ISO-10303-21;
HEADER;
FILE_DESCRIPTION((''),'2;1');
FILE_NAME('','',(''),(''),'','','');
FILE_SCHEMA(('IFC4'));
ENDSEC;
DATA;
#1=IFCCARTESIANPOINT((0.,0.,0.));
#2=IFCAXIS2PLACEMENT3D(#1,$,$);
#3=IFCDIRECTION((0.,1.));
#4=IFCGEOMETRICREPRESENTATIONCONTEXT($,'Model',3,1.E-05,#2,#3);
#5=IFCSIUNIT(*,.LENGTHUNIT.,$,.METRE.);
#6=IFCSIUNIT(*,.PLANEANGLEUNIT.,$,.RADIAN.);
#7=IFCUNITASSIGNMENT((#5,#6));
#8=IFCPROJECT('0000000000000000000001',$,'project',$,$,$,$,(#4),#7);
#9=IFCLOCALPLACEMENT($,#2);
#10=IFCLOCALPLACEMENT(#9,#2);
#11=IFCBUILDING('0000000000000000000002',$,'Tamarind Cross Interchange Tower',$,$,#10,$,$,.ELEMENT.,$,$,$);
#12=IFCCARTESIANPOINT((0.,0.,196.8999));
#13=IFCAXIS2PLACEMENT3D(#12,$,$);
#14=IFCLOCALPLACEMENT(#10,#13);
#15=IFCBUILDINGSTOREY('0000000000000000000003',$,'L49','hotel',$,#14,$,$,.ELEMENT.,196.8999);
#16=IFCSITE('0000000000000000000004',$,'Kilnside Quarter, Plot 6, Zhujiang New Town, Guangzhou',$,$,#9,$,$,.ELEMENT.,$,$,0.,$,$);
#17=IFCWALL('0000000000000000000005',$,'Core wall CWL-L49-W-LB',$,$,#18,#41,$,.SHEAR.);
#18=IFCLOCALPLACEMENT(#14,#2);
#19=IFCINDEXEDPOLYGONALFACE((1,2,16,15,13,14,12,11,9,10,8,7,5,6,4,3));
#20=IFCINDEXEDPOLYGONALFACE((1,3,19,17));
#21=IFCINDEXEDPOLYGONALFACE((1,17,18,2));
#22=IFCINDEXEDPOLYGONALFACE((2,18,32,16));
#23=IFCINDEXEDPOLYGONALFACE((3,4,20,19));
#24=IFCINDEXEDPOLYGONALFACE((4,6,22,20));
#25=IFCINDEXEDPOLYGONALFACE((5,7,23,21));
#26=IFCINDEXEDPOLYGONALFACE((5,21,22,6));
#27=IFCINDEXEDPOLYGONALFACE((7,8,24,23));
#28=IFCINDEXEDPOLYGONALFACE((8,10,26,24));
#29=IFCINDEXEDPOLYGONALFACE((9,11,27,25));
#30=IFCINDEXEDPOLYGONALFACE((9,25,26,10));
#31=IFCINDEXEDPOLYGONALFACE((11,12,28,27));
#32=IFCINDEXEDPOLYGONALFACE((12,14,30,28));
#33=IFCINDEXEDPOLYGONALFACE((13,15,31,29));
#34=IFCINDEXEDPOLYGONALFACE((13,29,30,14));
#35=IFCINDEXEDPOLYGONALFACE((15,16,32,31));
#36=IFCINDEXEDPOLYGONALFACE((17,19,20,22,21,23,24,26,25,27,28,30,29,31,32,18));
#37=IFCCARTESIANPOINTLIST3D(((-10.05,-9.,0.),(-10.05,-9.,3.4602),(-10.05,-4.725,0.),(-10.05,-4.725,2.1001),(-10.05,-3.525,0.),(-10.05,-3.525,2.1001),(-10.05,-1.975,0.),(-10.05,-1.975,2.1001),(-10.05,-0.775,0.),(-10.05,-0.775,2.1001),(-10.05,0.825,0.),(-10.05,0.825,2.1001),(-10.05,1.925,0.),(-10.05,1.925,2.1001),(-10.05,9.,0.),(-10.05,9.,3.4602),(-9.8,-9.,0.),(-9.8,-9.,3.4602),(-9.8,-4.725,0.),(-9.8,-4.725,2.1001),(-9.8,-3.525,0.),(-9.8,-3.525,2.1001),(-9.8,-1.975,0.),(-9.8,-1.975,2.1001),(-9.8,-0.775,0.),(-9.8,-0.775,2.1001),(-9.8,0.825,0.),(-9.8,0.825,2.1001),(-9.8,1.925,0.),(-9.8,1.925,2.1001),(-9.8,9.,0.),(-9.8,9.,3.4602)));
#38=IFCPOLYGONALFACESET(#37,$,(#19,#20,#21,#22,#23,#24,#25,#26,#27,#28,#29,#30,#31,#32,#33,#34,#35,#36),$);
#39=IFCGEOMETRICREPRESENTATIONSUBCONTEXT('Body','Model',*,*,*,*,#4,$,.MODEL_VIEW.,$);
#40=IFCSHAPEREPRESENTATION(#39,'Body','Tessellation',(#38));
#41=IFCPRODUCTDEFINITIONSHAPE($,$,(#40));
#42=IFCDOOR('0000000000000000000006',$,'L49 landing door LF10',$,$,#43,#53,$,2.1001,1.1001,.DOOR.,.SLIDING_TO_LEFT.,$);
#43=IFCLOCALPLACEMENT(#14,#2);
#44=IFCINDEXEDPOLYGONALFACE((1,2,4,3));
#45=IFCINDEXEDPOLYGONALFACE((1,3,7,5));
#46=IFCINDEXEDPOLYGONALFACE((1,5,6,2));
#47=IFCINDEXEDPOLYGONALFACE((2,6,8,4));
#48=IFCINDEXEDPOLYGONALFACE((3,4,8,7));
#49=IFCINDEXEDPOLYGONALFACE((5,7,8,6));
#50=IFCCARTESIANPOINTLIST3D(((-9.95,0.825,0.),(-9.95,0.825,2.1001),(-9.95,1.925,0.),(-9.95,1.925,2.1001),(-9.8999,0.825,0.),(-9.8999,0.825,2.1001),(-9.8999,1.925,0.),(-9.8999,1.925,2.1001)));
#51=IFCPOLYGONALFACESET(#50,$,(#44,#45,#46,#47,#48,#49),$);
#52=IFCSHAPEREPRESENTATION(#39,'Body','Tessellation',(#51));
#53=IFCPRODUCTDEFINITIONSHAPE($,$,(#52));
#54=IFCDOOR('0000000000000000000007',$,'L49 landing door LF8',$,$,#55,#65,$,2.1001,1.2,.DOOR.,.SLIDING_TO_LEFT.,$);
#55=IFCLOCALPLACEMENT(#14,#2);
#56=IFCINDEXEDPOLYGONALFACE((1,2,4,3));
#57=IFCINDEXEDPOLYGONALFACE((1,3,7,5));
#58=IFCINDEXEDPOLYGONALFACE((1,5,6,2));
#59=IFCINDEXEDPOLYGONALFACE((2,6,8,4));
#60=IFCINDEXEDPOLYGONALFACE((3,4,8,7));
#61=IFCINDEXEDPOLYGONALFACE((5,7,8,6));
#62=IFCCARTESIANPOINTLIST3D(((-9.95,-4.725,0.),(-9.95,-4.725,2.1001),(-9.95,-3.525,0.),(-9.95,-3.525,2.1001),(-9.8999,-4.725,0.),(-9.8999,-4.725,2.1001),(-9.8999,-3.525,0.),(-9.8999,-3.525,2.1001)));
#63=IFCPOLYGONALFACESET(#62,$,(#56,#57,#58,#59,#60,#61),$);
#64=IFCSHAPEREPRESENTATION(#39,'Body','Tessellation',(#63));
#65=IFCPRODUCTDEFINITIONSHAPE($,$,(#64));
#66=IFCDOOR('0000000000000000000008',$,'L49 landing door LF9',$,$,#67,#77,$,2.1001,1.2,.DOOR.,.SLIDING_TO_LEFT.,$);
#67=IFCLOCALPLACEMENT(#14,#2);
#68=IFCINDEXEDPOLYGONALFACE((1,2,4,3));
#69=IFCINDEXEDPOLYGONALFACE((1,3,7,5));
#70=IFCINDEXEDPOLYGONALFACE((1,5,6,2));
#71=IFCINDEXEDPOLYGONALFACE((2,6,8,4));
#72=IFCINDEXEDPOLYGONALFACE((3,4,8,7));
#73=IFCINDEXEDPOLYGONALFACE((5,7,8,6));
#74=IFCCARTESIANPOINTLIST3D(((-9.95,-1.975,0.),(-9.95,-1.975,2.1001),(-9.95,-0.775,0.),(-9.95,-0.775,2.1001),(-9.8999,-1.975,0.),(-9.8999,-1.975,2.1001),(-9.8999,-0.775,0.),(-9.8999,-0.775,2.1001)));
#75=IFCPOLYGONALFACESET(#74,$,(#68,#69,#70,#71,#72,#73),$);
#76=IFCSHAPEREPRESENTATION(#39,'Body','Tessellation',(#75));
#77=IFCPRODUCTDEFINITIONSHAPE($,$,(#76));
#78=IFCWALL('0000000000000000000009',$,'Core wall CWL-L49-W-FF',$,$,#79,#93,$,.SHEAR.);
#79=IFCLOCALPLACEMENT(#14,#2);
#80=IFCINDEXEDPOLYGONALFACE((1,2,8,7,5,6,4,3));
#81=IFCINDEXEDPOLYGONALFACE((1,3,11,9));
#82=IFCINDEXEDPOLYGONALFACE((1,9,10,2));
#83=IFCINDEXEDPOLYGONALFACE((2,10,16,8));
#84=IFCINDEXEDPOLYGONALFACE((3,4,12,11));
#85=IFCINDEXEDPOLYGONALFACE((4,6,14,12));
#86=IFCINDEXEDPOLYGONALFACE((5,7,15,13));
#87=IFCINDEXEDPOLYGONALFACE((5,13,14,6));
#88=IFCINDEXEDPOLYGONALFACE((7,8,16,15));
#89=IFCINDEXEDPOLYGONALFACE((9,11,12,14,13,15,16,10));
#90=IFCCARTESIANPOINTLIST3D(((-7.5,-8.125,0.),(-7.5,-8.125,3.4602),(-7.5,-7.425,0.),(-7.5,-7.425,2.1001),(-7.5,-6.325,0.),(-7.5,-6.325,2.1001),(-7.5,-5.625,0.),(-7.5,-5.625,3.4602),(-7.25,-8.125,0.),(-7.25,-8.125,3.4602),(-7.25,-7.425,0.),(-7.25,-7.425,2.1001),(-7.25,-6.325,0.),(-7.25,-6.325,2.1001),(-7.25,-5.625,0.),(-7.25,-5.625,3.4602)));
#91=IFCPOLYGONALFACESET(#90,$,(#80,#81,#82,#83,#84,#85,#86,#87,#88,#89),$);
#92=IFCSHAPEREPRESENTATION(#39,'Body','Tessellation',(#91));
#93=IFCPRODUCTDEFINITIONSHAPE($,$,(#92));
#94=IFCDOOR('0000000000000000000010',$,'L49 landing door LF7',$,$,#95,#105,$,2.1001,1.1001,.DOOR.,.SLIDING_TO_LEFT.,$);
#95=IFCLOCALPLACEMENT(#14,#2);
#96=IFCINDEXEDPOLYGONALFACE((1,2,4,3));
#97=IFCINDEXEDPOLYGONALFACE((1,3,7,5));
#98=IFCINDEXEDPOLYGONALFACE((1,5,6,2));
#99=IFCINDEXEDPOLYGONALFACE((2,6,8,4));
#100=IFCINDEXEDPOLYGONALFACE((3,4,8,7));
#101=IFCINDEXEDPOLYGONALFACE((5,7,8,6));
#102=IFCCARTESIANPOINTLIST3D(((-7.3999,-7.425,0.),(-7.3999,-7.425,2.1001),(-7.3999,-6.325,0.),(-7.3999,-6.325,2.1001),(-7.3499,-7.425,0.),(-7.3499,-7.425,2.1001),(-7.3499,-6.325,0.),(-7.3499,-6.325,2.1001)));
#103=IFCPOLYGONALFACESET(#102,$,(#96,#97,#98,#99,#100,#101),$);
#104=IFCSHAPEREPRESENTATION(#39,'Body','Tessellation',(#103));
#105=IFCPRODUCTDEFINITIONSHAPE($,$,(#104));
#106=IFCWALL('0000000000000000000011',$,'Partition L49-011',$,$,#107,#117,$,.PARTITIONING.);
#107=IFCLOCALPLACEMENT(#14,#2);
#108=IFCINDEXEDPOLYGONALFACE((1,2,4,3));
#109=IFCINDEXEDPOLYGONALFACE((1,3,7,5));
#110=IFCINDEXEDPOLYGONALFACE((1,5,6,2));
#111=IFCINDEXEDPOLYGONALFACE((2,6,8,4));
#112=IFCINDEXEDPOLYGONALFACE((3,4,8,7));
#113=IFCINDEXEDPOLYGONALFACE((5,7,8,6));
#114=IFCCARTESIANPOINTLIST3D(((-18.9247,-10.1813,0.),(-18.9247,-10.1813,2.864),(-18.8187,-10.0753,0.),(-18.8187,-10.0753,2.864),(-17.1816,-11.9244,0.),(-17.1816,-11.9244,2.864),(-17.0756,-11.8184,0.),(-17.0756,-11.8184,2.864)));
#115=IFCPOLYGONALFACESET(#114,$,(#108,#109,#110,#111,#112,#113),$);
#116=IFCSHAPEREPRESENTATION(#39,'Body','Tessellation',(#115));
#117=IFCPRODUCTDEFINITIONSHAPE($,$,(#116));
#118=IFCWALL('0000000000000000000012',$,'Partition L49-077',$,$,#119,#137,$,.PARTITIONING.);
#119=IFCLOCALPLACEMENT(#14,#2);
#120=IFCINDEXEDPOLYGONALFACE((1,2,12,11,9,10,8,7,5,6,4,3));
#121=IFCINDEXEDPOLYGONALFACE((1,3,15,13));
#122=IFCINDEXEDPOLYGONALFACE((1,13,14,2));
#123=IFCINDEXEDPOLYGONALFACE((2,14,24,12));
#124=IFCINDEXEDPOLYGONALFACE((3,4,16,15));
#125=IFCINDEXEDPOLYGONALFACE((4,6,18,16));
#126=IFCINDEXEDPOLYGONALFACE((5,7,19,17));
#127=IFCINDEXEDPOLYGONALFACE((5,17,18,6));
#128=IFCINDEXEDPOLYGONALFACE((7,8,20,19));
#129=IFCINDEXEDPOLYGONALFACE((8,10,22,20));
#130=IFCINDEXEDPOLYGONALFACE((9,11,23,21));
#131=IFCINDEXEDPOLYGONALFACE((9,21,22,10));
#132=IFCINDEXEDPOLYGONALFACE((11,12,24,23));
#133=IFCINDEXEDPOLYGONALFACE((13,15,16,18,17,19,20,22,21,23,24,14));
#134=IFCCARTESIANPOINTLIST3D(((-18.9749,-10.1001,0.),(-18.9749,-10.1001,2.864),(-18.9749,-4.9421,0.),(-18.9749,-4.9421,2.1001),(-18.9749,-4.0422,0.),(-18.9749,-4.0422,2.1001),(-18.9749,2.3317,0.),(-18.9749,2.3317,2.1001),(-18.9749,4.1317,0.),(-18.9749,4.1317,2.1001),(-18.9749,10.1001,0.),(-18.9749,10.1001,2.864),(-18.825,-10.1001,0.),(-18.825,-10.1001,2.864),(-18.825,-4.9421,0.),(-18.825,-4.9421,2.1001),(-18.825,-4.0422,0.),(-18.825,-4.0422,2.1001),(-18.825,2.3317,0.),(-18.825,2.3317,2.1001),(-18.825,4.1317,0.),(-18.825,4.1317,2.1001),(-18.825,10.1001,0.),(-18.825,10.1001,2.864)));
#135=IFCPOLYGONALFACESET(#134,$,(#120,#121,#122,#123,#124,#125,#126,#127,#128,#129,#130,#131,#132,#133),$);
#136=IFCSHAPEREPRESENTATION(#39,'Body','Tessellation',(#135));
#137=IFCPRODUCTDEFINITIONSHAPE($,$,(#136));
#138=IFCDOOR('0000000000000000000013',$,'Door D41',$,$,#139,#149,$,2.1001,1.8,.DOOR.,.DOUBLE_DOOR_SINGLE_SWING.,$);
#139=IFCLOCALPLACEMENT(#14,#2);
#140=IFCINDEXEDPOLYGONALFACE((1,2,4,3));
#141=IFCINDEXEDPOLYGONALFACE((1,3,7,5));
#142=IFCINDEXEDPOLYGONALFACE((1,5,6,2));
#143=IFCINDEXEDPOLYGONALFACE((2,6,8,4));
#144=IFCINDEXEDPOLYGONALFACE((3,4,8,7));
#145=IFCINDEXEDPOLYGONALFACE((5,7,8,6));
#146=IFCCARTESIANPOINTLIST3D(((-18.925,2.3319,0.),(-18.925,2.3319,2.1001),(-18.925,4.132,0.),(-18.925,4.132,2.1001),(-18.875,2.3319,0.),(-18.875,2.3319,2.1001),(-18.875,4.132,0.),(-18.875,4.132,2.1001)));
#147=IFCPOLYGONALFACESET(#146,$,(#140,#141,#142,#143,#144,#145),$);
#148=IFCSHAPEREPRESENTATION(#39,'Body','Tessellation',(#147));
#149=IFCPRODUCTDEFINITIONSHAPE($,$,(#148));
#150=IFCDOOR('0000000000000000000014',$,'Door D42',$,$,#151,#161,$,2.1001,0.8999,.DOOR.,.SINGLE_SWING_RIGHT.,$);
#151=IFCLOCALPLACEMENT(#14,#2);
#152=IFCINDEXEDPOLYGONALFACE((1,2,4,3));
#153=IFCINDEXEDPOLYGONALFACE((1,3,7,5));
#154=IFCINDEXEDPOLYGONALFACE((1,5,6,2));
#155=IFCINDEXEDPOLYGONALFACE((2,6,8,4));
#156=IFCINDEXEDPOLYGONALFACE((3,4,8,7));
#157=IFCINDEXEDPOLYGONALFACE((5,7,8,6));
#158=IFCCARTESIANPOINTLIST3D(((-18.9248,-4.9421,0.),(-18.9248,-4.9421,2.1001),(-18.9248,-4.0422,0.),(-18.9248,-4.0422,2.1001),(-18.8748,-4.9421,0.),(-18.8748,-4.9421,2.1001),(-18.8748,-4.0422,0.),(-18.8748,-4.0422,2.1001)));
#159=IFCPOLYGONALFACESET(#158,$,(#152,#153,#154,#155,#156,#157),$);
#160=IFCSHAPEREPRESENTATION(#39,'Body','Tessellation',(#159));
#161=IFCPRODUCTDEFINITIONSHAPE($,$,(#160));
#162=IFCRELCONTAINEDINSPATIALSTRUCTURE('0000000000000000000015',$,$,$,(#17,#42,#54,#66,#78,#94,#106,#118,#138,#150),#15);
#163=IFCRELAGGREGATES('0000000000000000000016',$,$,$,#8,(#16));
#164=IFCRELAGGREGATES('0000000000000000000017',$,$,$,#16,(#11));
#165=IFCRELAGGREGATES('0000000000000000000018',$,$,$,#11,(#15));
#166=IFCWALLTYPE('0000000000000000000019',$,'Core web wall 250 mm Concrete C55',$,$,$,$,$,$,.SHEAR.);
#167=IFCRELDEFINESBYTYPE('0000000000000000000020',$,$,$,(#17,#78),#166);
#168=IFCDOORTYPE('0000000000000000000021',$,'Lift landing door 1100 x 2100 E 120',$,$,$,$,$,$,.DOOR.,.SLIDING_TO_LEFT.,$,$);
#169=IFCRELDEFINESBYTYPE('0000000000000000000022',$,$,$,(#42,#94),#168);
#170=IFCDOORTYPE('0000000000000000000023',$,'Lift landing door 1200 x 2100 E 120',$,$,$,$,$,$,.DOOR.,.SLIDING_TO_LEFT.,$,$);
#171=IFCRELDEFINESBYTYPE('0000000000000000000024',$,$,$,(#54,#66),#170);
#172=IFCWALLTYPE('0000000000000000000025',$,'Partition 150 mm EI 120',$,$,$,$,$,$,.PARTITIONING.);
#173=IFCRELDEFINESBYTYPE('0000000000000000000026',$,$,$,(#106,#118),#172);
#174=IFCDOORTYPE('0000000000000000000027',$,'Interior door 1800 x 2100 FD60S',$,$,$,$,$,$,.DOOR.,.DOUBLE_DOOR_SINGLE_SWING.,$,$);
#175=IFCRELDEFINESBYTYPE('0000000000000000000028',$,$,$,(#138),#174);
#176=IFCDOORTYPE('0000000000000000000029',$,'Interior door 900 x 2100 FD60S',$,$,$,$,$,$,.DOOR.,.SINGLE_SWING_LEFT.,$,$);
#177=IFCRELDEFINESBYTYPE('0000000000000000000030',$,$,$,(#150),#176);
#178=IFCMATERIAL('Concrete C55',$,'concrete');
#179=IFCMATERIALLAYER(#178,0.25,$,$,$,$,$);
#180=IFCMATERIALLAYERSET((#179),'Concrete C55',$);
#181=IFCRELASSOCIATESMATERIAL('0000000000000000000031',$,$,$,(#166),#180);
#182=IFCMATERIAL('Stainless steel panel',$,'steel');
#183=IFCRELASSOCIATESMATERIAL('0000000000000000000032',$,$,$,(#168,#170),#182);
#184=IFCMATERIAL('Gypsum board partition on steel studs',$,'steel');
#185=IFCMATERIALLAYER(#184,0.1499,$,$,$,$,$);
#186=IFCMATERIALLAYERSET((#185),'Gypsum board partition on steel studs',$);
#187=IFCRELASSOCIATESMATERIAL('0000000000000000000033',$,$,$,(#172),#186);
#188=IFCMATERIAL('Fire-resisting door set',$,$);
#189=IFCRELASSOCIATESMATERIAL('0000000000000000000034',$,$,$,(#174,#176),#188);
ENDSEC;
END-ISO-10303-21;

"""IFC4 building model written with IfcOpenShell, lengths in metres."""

from ifc_helpers import new_model, si_unit, direction, frame, frame_2d, origin, place, context, subcontext, project, spatial, rectangle, extrude, material, layer, layer_set, type_object, element, fill, save


model = new_model("IFC4")

# Units and contexts
model_context = context("Model", 3, precision=1e-05, world=origin(), true_north=direction((0.0, 1.0)))
body_context = subcontext(model_context, "Body", "Model", "MODEL_VIEW")
ifc_project = project(units=[si_unit("LENGTHUNIT", "METRE"), si_unit("PLANEANGLEUNIT", "RADIAN")], contexts=[model_context])

# Site, building, storey
site_placement = place(None, origin())
site = spatial("IfcSite", under=ifc_project, at=site_placement, Name="Kilnside Quarter, Plot 6, Zhujiang New Town, Guangzhou", CompositionType="ELEMENT", RefElevation=0.0)
building_placement = place(site_placement, origin())
building = spatial("IfcBuilding", under=site, at=building_placement, Name="Tamarind Cross Interchange Tower", CompositionType="ELEMENT")
storey_placement = place(building_placement, frame((0.0, 0.0, 196.8999)))
storey = spatial("IfcBuildingStorey", under=building, at=storey_placement, Name="L49", Description="hotel", CompositionType="ELEMENT", Elevation=196.8999)

# Shared definitions
ifc_material_1 = material(Name="Concrete C55", Category="concrete")

# Shared definitions
ifc_layer_1 = layer(ifc_material_1, 0.25)
ifc_layer_set_1 = layer_set([ifc_layer_1], Name="Concrete C55")
wall_type_1 = type_object("IfcWallType", Name="Core web wall 250 mm Concrete C55", PredefinedType="SHEAR", material=ifc_layer_set_1)

# Wall, openings, doors
ifc_material_2 = material(Name="Stainless steel panel", Category="steel")
wall_1_placement = place(storey_placement, frame((-9.925, -9.0, 0.0), z_axis=(0.0, 0.0, 1.0), x_axis=(0.0, 1.0, 0.0)))
wall_1 = element("IfcWall", 1, at=wall_1_placement, inside=storey, type_object=wall_type_1, Name="Core wall CWL-L49-W-LB", PredefinedType="SHEAR", context=body_context, shape_type="SweptSolid", body=[
    extrude(rectangle(XDim=18.0, YDim=0.25, at=frame_2d((9.0, 0.0))), origin(), (0.0, 0.0, 1.0), 3.4602),
])
opening_1_placement = place(wall_1_placement, frame((4.2749, 0.0, 0.0)))
opening_1 = element("IfcOpeningElement", 2, at=opening_1_placement, cuts=wall_1, PredefinedType="OPENING", context=body_context, shape_type="SweptSolid", body=[
    extrude(rectangle(XDim=1.2, YDim=2.1001, at=frame_2d((0.6001, 1.05))), frame((0.0, 0.135, 0.0), z_axis=(0.0, -1.0, 0.0), x_axis=(1.0, 0.0, 0.0)), (0.0, 0.0, 1.0), 0.27),
])
opening_2_placement = place(wall_1_placement, frame((7.0249, 0.0, 0.0)))
opening_2 = element("IfcOpeningElement", 3, at=opening_2_placement, cuts=wall_1, PredefinedType="OPENING", context=body_context, shape_type="SweptSolid", body=[
    extrude(rectangle(XDim=1.2, YDim=2.1001, at=frame_2d((0.6001, 1.05))), frame((0.0, 0.135, 0.0), z_axis=(0.0, -1.0, 0.0), x_axis=(1.0, 0.0, 0.0)), (0.0, 0.0, 1.0), 0.27),
])
opening_3_placement = place(wall_1_placement, frame((9.825, 0.0, 0.0)))
opening_3 = element("IfcOpeningElement", 4, at=opening_3_placement, cuts=wall_1, PredefinedType="OPENING", context=body_context, shape_type="SweptSolid", body=[
    extrude(rectangle(XDim=1.1001, YDim=2.1001, at=frame_2d((0.55, 1.05))), frame((0.0, 0.135, 0.0), z_axis=(0.0, -1.0, 0.0), x_axis=(1.0, 0.0, 0.0)), (0.0, 0.0, 1.0), 0.27),
])
door_type_1 = type_object("IfcDoorType", Name="Lift landing door 1100 x 2100 E 120", OperationType="SLIDING_TO_LEFT", PredefinedType="DOOR", material=ifc_material_2)
door_1_placement = place(opening_3_placement, origin())
door_1 = element("IfcDoor", 5, at=door_1_placement, inside=storey, type_object=door_type_1, Name="L49 landing door LF10", OperationType="SLIDING_TO_LEFT", OverallHeight=2.1001, OverallWidth=1.1001, PredefinedType="DOOR", context=body_context, shape_type="SweptSolid", body=[
    extrude(rectangle(XDim=1.1001, YDim=2.1001, at=frame_2d((0.55, 1.05))), frame((0.0, 0.0249, 0.0), z_axis=(0.0, -1.0, 0.0), x_axis=(1.0, 0.0, 0.0)), (0.0, 0.0, 1.0), 0.05),
])
fill(opening_3, door_1)
door_type_2 = type_object("IfcDoorType", Name="Lift landing door 1200 x 2100 E 120", OperationType="SLIDING_TO_LEFT", PredefinedType="DOOR", material=ifc_material_2)
door_2_placement = place(opening_1_placement, origin())
door_2 = element("IfcDoor", 6, at=door_2_placement, inside=storey, type_object=door_type_2, Name="L49 landing door LF8", OperationType="SLIDING_TO_LEFT", OverallHeight=2.1001, OverallWidth=1.2, PredefinedType="DOOR", context=body_context, shape_type="SweptSolid", body=[
    extrude(rectangle(XDim=1.2, YDim=2.1001, at=frame_2d((0.6001, 1.05))), frame((0.0, 0.0249, 0.0), z_axis=(0.0, -1.0, 0.0), x_axis=(1.0, 0.0, 0.0)), (0.0, 0.0, 1.0), 0.05),
])
fill(opening_1, door_2)
door_3_placement = place(opening_2_placement, origin())
door_3 = element("IfcDoor", 7, at=door_3_placement, inside=storey, type_object=door_type_2, Name="L49 landing door LF9", OperationType="SLIDING_TO_LEFT", OverallHeight=2.1001, OverallWidth=1.2, PredefinedType="DOOR", context=body_context, shape_type="SweptSolid", body=[
    extrude(rectangle(XDim=1.2, YDim=2.1001, at=frame_2d((0.6001, 1.05))), frame((0.0, 0.0249, 0.0), z_axis=(0.0, -1.0, 0.0), x_axis=(1.0, 0.0, 0.0)), (0.0, 0.0, 1.0), 0.05),
])
fill(opening_2, door_3)

# Wall, opening, door
wall_2_placement = place(storey_placement, frame((-7.375, -8.125, 0.0), z_axis=(0.0, 0.0, 1.0), x_axis=(0.0, 1.0, 0.0)))
wall_2 = element("IfcWall", 8, at=wall_2_placement, inside=storey, type_object=wall_type_1, Name="Core wall CWL-L49-W-FF", PredefinedType="SHEAR", context=body_context, shape_type="SweptSolid", body=[
    extrude(rectangle(XDim=2.5, YDim=0.25, at=frame_2d((1.25, 0.0))), origin(), (0.0, 0.0, 1.0), 3.4602),
])
opening_4_placement = place(wall_2_placement, frame((0.7, 0.0, 0.0)))
opening_4 = element("IfcOpeningElement", 9, at=opening_4_placement, cuts=wall_2, PredefinedType="OPENING", context=body_context, shape_type="SweptSolid", body=[
    extrude(rectangle(XDim=1.1001, YDim=2.1001, at=frame_2d((0.55, 1.05))), frame((0.0, 0.135, 0.0), z_axis=(0.0, -1.0, 0.0), x_axis=(1.0, 0.0, 0.0)), (0.0, 0.0, 1.0), 0.27),
])
door_4_placement = place(opening_4_placement, origin())
door_4 = element("IfcDoor", 10, at=door_4_placement, inside=storey, type_object=door_type_1, Name="L49 landing door LF7", OperationType="SLIDING_TO_LEFT", OverallHeight=2.1001, OverallWidth=1.1001, PredefinedType="DOOR", context=body_context, shape_type="SweptSolid", body=[
    extrude(rectangle(XDim=1.1001, YDim=2.1001, at=frame_2d((0.55, 1.05))), frame((0.0, 0.0249, 0.0), z_axis=(0.0, -1.0, 0.0), x_axis=(1.0, 0.0, 0.0)), (0.0, 0.0, 1.0), 0.05),
])
fill(opening_4, door_4)

# Wall
ifc_material_3 = material(Name="Gypsum board partition on steel studs", Category="steel")
ifc_layer_2 = layer(ifc_material_3, 0.1499)
ifc_layer_set_2 = layer_set([ifc_layer_2], Name="Gypsum board partition on steel studs")
wall_type_2 = type_object("IfcWallType", Name="Partition 150 mm EI 120", PredefinedType="PARTITIONING", material=ifc_layer_set_2)
wall_3_placement = place(storey_placement, frame((-18.8716, -10.1284, 0.0), z_axis=(0.0, 0.0, 1.0), x_axis=(0.707107, -0.707107, 0.0)))
element("IfcWall", 11, at=wall_3_placement, inside=storey, type_object=wall_type_2, Name="Partition L49-011", PredefinedType="PARTITIONING", context=body_context, shape_type="SweptSolid", body=[
    extrude(rectangle(XDim=2.4651, YDim=0.1499, at=frame_2d((1.2324, 0.0))), origin(), (0.0, 0.0, 1.0), 2.864),
])

# Wall, openings, doors
wall_4_placement = place(storey_placement, frame((-18.8999, -10.1001, 0.0), z_axis=(0.0, 0.0, 1.0), x_axis=(0.0, 1.0, 0.0)))
wall_4 = element("IfcWall", 12, at=wall_4_placement, inside=storey, type_object=wall_type_2, Name="Partition L49-077", PredefinedType="PARTITIONING", context=body_context, shape_type="SweptSolid", body=[
    extrude(rectangle(XDim=20.2002, YDim=0.1499, at=frame_2d((10.1001, 0.0))), origin(), (0.0, 0.0, 1.0), 2.864),
])
opening_5_placement = place(wall_4_placement, frame((12.4319, 0.0, 0.0)))
opening_5 = element("IfcOpeningElement", 13, at=opening_5_placement, cuts=wall_4, PredefinedType="OPENING", context=body_context, shape_type="SweptSolid", body=[
    extrude(rectangle(XDim=1.8, YDim=2.1001, at=frame_2d((0.8999, 1.05))), frame((0.0, 0.085, 0.0), z_axis=(0.0, -1.0, 0.0), x_axis=(1.0, 0.0, 0.0)), (0.0, 0.0, 1.0), 0.1699),
])
opening_6_placement = place(wall_4_placement, frame((5.158, 0.0, 0.0)))
opening_6 = element("IfcOpeningElement", 14, at=opening_6_placement, cuts=wall_4, PredefinedType="OPENING", context=body_context, shape_type="SweptSolid", body=[
    extrude(rectangle(XDim=0.8999, YDim=2.1001, at=frame_2d((0.45, 1.05))), frame((0.0, 0.085, 0.0), z_axis=(0.0, -1.0, 0.0), x_axis=(1.0, 0.0, 0.0)), (0.0, 0.0, 1.0), 0.1699),
])
ifc_material_4 = material(Name="Fire-resisting door set")
door_type_3 = type_object("IfcDoorType", Name="Interior door 1800 x 2100 FD60S", OperationType="DOUBLE_DOOR_SINGLE_SWING", PredefinedType="DOOR", material=ifc_material_4)
door_5_placement = place(opening_5_placement, frame((1.8, 0.0, 0.0), z_axis=(0.0, 0.0, 1.0), x_axis=(-1.0, 0.0, 0.0)))
door_5 = element("IfcDoor", 15, at=door_5_placement, inside=storey, type_object=door_type_3, Name="Door D41", OperationType="DOUBLE_DOOR_SINGLE_SWING", OverallHeight=2.1001, OverallWidth=1.8, PredefinedType="DOOR", context=body_context, shape_type="SweptSolid", body=[
    extrude(rectangle(XDim=1.8, YDim=2.1001, at=frame_2d((0.8999, 1.05))), frame((0.0, 0.0249, 0.0), z_axis=(0.0, -1.0, 0.0), x_axis=(1.0, 0.0, 0.0)), (0.0, 0.0, 1.0), 0.05),
])
fill(opening_5, door_5)
door_type_4 = type_object("IfcDoorType", Name="Interior door 900 x 2100 FD60S", OperationType="SINGLE_SWING_LEFT", PredefinedType="DOOR", material=ifc_material_4)
door_6_placement = place(opening_6_placement, origin())
door_6 = element("IfcDoor", 16, at=door_6_placement, inside=storey, type_object=door_type_4, Name="Door D42", OperationType="SINGLE_SWING_RIGHT", OverallHeight=2.1001, OverallWidth=0.8999, PredefinedType="DOOR", context=body_context, shape_type="SweptSolid", body=[
    extrude(rectangle(XDim=0.8999, YDim=2.1001, at=frame_2d((0.45, 1.05))), frame((0.0, 0.0249, 0.0), z_axis=(0.0, -1.0, 0.0), x_axis=(1.0, 0.0, 0.0)), (0.0, 0.0, 1.0), 0.05),
])
fill(opening_6, door_6)

save(model, "model.ifc")
